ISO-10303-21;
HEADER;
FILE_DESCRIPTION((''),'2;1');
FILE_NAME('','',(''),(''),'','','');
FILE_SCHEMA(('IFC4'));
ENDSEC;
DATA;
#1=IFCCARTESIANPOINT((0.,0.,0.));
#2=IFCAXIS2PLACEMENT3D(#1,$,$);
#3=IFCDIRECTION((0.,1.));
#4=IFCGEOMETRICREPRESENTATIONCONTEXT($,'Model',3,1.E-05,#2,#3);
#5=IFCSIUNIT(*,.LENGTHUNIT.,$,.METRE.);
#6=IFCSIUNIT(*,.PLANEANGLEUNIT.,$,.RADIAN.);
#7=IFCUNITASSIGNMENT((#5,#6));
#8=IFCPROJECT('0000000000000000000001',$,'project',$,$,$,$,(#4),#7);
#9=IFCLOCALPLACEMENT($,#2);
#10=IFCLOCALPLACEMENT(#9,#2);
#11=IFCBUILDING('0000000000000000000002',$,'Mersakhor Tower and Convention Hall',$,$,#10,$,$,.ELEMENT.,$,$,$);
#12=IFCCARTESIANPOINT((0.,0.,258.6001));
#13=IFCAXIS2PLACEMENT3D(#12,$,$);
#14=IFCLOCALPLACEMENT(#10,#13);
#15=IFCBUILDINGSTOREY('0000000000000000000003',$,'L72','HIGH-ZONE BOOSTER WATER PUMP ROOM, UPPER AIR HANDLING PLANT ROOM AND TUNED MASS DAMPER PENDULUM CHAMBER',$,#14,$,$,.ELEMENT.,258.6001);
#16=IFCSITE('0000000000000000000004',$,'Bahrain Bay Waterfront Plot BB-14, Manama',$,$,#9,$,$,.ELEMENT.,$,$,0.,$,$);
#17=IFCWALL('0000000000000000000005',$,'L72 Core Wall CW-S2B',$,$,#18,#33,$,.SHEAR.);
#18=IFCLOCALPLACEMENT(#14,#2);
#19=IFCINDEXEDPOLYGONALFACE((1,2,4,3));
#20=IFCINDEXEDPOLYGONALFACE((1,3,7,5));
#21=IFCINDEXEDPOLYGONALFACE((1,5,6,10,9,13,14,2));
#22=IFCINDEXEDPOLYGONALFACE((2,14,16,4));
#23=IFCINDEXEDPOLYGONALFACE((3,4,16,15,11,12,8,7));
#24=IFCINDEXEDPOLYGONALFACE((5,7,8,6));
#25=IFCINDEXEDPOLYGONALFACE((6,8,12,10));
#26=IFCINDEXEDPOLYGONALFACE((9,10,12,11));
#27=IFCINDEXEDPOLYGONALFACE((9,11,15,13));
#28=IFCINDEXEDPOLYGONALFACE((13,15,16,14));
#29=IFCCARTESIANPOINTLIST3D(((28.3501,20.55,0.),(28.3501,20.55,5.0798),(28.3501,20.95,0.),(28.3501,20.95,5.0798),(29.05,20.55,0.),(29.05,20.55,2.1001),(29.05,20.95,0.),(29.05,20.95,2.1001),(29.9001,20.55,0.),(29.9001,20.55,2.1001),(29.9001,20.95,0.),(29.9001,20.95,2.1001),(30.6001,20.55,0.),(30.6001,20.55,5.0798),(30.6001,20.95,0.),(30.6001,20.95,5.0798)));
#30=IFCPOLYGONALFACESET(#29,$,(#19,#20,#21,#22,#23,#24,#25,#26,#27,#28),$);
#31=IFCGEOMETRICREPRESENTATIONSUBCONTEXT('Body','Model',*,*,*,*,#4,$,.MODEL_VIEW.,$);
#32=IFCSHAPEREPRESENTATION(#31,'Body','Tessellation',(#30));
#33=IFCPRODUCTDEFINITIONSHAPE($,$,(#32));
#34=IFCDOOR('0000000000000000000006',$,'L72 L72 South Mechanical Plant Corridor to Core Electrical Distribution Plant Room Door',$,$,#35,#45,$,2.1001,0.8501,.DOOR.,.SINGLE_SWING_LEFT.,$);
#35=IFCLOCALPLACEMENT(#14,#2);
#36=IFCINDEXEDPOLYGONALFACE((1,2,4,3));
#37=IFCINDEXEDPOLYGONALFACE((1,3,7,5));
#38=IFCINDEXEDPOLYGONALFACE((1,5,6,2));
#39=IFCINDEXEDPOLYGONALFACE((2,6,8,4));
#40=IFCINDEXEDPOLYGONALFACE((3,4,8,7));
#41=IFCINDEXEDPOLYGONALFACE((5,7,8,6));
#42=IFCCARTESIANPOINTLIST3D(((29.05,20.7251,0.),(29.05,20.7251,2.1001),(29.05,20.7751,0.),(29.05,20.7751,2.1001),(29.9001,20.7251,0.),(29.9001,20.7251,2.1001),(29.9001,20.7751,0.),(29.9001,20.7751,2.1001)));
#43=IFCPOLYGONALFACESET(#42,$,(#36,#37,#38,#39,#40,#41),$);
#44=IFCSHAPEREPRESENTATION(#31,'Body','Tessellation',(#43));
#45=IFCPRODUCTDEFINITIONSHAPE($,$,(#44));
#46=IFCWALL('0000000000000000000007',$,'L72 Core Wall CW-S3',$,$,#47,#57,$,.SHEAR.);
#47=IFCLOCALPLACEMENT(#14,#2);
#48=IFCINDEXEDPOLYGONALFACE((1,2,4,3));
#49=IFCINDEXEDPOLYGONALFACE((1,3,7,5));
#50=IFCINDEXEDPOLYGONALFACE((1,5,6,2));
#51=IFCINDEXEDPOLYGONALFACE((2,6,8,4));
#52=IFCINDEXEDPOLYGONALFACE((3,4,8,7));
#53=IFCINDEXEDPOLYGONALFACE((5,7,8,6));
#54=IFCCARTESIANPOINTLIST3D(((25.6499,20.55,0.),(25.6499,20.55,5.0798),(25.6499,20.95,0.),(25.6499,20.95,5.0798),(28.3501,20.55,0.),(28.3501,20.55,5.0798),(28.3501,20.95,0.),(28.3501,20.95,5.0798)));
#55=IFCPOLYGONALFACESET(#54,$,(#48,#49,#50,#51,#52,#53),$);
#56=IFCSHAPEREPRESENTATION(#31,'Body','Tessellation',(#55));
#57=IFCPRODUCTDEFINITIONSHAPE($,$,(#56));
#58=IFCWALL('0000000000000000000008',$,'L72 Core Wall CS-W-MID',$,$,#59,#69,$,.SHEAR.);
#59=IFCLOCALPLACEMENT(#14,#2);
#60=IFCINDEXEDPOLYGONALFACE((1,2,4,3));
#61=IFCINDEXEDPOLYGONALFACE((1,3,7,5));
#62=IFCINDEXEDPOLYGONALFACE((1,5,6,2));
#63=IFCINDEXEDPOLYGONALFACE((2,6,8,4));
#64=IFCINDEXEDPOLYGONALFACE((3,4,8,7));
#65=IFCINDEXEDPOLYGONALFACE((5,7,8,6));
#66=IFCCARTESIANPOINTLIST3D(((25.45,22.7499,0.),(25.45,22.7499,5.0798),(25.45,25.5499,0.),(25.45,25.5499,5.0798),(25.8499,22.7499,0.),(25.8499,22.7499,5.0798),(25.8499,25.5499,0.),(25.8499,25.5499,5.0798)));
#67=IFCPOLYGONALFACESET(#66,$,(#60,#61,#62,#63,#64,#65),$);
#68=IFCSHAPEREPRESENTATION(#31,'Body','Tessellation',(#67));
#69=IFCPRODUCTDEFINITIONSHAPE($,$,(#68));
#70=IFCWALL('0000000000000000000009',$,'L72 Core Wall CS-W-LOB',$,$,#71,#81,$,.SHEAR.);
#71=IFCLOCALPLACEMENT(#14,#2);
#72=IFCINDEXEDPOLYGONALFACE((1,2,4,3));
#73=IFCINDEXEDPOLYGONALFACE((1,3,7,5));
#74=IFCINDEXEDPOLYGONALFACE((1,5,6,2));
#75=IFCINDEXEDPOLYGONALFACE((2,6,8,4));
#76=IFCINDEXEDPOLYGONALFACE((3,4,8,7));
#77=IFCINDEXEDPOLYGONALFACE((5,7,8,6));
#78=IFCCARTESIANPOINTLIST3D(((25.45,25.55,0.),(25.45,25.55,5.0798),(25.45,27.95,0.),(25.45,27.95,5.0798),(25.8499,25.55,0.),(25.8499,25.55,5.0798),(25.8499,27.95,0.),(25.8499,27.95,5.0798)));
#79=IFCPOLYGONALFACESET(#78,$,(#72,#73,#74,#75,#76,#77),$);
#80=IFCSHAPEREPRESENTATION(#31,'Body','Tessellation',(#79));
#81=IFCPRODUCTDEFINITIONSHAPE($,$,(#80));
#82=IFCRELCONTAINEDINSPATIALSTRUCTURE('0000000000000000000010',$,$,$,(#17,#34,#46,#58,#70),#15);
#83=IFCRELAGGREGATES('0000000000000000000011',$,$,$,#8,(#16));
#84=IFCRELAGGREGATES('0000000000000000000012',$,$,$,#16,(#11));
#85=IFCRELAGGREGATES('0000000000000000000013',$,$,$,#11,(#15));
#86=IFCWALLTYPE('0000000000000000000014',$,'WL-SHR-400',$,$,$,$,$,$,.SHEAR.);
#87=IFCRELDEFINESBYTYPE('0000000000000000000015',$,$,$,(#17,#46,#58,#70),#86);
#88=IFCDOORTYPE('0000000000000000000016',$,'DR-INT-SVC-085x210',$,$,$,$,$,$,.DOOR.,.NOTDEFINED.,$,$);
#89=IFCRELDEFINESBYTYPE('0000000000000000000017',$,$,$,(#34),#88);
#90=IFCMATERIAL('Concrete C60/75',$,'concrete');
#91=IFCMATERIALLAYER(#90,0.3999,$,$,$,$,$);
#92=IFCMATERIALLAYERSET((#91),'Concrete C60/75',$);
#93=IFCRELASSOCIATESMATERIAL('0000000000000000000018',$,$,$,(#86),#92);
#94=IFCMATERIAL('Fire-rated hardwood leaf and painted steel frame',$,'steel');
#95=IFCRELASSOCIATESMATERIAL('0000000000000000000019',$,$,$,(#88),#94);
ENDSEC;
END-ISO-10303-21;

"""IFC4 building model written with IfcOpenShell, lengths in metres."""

from ifc_helpers import new_model, si_unit, direction, frame, frame_2d, origin, place, context, subcontext, project, spatial, rectangle, extrude, material, layer, layer_set, type_object, element, fill, save


model = new_model("IFC4")

# Units and contexts
model_context = context("Model", 3, precision=1e-05, world=origin(), true_north=direction((0.0, 1.0)))
body_context = subcontext(model_context, "Body", "Model", "MODEL_VIEW")
ifc_project = project(units=[si_unit("LENGTHUNIT", "METRE"), si_unit("PLANEANGLEUNIT", "RADIAN")], contexts=[model_context])

# Site, building, storey
site_placement = place(None, origin())
site = spatial("IfcSite", under=ifc_project, at=site_placement, Name="Bahrain Bay Waterfront Plot BB-14, Manama", CompositionType="ELEMENT", RefElevation=0.0)
building_placement = place(site_placement, origin())
building = spatial("IfcBuilding", under=site, at=building_placement, Name="Mersakhor Tower and Convention Hall", CompositionType="ELEMENT")
storey_placement = place(building_placement, frame((0.0, 0.0, 258.6001)))
storey = spatial("IfcBuildingStorey", under=building, at=storey_placement, Name="L72", Description="HIGH-ZONE BOOSTER WATER PUMP ROOM, UPPER AIR HANDLING PLANT ROOM AND TUNED MASS DAMPER PENDULUM CHAMBER", CompositionType="ELEMENT", Elevation=258.6001)

# Shared definitions
ifc_material_1 = material(Name="Concrete C60/75", Category="concrete")
ifc_layer_1 = layer(ifc_material_1, 0.3999)
ifc_layer_set_1 = layer_set([ifc_layer_1], Name="Concrete C60/75")
wall_type_1 = type_object("IfcWallType", Name="WL-SHR-400", PredefinedType="SHEAR", material=ifc_layer_set_1)

# Wall, opening, door
wall_1_placement = place(storey_placement, frame((30.6001, 20.75, 0.0), z_axis=(0.0, 0.0, 1.0), x_axis=(-1.0, 0.0, 0.0)))
wall_1 = element("IfcWall", 1, at=wall_1_placement, inside=storey, type_object=wall_type_1, Name="L72 Core Wall CW-S2B", PredefinedType="SHEAR", context=body_context, shape_type="SweptSolid", body=[
    extrude(rectangle(XDim=2.25, YDim=0.3999, at=frame_2d((1.125, 0.0))), origin(), (0.0, 0.0, 1.0), 5.0798),
])
opening_1_placement = place(wall_1_placement, frame((0.7, 0.0, 0.0)))
opening_1 = element("IfcOpeningElement", 2, at=opening_1_placement, cuts=wall_1, PredefinedType="OPENING", context=body_context, shape_type="SweptSolid", body=[
    extrude(rectangle(XDim=0.8501, YDim=2.1001, at=frame_2d((0.425, 1.05))), frame((0.0, 0.21, 0.0), z_axis=(0.0, -1.0, 0.0), x_axis=(1.0, 0.0, 0.0)), (0.0, 0.0, 1.0), 0.4199),
])
ifc_material_2 = material(Name="Fire-rated hardwood leaf and painted steel frame", Category="steel")
door_type_1 = type_object("IfcDoorType", Name="DR-INT-SVC-085x210", OperationType="NOTDEFINED", PredefinedType="DOOR", material=ifc_material_2)
door_1_placement = place(opening_1_placement, origin())
door_1 = element("IfcDoor", 3, at=door_1_placement, inside=storey, type_object=door_type_1, Name="L72 L72 South Mechanical Plant Corridor to Core Electrical Distribution Plant Room Door", OperationType="SINGLE_SWING_LEFT", OverallHeight=2.1001, OverallWidth=0.8501, PredefinedType="DOOR", context=body_context, shape_type="SweptSolid", body=[
    extrude(rectangle(XDim=0.8501, YDim=2.1001, at=frame_2d((0.425, 1.05))), frame((0.0, 0.0249, 0.0), z_axis=(0.0, -1.0, 0.0), x_axis=(1.0, 0.0, 0.0)), (0.0, 0.0, 1.0), 0.05),
])
fill(opening_1, door_1)

# Wall
wall_2_placement = place(storey_placement, frame((28.3501, 20.75, 0.0), z_axis=(0.0, 0.0, 1.0), x_axis=(-1.0, 0.0, 0.0)))
element("IfcWall", 4, at=wall_2_placement, inside=storey, type_object=wall_type_1, Name="L72 Core Wall CW-S3", PredefinedType="SHEAR", context=body_context, shape_type="SweptSolid", body=[
    extrude(rectangle(XDim=2.7002, YDim=0.3999, at=frame_2d((1.3501, 0.0))), origin(), (0.0, 0.0, 1.0), 5.0798),
])

# Walls
wall_3_placement = place(storey_placement, frame((25.6499, 22.75, 0.0), z_axis=(0.0, 0.0, 1.0), x_axis=(0.0, 1.0, 0.0)))
element("IfcWall", 5, at=wall_3_placement, inside=storey, type_object=wall_type_1, Name="L72 Core Wall CS-W-MID", PredefinedType="SHEAR", context=body_context, shape_type="SweptSolid", body=[
    extrude(rectangle(XDim=2.8, YDim=0.3999, at=frame_2d((1.3999, 0.0))), origin(), (0.0, 0.0, 1.0), 5.0798),
])
wall_4_placement = place(storey_placement, frame((25.6499, 25.55, 0.0), z_axis=(0.0, 0.0, 1.0), x_axis=(0.0, 1.0, 0.0)))
element("IfcWall", 6, at=wall_4_placement, inside=storey, type_object=wall_type_1, Name="L72 Core Wall CS-W-LOB", PredefinedType="SHEAR", context=body_context, shape_type="SweptSolid", body=[
    extrude(rectangle(XDim=2.3999, YDim=0.3999, at=frame_2d((1.2, 0.0))), origin(), (0.0, 0.0, 1.0), 5.0798),
])

save(model, "model.ifc")
